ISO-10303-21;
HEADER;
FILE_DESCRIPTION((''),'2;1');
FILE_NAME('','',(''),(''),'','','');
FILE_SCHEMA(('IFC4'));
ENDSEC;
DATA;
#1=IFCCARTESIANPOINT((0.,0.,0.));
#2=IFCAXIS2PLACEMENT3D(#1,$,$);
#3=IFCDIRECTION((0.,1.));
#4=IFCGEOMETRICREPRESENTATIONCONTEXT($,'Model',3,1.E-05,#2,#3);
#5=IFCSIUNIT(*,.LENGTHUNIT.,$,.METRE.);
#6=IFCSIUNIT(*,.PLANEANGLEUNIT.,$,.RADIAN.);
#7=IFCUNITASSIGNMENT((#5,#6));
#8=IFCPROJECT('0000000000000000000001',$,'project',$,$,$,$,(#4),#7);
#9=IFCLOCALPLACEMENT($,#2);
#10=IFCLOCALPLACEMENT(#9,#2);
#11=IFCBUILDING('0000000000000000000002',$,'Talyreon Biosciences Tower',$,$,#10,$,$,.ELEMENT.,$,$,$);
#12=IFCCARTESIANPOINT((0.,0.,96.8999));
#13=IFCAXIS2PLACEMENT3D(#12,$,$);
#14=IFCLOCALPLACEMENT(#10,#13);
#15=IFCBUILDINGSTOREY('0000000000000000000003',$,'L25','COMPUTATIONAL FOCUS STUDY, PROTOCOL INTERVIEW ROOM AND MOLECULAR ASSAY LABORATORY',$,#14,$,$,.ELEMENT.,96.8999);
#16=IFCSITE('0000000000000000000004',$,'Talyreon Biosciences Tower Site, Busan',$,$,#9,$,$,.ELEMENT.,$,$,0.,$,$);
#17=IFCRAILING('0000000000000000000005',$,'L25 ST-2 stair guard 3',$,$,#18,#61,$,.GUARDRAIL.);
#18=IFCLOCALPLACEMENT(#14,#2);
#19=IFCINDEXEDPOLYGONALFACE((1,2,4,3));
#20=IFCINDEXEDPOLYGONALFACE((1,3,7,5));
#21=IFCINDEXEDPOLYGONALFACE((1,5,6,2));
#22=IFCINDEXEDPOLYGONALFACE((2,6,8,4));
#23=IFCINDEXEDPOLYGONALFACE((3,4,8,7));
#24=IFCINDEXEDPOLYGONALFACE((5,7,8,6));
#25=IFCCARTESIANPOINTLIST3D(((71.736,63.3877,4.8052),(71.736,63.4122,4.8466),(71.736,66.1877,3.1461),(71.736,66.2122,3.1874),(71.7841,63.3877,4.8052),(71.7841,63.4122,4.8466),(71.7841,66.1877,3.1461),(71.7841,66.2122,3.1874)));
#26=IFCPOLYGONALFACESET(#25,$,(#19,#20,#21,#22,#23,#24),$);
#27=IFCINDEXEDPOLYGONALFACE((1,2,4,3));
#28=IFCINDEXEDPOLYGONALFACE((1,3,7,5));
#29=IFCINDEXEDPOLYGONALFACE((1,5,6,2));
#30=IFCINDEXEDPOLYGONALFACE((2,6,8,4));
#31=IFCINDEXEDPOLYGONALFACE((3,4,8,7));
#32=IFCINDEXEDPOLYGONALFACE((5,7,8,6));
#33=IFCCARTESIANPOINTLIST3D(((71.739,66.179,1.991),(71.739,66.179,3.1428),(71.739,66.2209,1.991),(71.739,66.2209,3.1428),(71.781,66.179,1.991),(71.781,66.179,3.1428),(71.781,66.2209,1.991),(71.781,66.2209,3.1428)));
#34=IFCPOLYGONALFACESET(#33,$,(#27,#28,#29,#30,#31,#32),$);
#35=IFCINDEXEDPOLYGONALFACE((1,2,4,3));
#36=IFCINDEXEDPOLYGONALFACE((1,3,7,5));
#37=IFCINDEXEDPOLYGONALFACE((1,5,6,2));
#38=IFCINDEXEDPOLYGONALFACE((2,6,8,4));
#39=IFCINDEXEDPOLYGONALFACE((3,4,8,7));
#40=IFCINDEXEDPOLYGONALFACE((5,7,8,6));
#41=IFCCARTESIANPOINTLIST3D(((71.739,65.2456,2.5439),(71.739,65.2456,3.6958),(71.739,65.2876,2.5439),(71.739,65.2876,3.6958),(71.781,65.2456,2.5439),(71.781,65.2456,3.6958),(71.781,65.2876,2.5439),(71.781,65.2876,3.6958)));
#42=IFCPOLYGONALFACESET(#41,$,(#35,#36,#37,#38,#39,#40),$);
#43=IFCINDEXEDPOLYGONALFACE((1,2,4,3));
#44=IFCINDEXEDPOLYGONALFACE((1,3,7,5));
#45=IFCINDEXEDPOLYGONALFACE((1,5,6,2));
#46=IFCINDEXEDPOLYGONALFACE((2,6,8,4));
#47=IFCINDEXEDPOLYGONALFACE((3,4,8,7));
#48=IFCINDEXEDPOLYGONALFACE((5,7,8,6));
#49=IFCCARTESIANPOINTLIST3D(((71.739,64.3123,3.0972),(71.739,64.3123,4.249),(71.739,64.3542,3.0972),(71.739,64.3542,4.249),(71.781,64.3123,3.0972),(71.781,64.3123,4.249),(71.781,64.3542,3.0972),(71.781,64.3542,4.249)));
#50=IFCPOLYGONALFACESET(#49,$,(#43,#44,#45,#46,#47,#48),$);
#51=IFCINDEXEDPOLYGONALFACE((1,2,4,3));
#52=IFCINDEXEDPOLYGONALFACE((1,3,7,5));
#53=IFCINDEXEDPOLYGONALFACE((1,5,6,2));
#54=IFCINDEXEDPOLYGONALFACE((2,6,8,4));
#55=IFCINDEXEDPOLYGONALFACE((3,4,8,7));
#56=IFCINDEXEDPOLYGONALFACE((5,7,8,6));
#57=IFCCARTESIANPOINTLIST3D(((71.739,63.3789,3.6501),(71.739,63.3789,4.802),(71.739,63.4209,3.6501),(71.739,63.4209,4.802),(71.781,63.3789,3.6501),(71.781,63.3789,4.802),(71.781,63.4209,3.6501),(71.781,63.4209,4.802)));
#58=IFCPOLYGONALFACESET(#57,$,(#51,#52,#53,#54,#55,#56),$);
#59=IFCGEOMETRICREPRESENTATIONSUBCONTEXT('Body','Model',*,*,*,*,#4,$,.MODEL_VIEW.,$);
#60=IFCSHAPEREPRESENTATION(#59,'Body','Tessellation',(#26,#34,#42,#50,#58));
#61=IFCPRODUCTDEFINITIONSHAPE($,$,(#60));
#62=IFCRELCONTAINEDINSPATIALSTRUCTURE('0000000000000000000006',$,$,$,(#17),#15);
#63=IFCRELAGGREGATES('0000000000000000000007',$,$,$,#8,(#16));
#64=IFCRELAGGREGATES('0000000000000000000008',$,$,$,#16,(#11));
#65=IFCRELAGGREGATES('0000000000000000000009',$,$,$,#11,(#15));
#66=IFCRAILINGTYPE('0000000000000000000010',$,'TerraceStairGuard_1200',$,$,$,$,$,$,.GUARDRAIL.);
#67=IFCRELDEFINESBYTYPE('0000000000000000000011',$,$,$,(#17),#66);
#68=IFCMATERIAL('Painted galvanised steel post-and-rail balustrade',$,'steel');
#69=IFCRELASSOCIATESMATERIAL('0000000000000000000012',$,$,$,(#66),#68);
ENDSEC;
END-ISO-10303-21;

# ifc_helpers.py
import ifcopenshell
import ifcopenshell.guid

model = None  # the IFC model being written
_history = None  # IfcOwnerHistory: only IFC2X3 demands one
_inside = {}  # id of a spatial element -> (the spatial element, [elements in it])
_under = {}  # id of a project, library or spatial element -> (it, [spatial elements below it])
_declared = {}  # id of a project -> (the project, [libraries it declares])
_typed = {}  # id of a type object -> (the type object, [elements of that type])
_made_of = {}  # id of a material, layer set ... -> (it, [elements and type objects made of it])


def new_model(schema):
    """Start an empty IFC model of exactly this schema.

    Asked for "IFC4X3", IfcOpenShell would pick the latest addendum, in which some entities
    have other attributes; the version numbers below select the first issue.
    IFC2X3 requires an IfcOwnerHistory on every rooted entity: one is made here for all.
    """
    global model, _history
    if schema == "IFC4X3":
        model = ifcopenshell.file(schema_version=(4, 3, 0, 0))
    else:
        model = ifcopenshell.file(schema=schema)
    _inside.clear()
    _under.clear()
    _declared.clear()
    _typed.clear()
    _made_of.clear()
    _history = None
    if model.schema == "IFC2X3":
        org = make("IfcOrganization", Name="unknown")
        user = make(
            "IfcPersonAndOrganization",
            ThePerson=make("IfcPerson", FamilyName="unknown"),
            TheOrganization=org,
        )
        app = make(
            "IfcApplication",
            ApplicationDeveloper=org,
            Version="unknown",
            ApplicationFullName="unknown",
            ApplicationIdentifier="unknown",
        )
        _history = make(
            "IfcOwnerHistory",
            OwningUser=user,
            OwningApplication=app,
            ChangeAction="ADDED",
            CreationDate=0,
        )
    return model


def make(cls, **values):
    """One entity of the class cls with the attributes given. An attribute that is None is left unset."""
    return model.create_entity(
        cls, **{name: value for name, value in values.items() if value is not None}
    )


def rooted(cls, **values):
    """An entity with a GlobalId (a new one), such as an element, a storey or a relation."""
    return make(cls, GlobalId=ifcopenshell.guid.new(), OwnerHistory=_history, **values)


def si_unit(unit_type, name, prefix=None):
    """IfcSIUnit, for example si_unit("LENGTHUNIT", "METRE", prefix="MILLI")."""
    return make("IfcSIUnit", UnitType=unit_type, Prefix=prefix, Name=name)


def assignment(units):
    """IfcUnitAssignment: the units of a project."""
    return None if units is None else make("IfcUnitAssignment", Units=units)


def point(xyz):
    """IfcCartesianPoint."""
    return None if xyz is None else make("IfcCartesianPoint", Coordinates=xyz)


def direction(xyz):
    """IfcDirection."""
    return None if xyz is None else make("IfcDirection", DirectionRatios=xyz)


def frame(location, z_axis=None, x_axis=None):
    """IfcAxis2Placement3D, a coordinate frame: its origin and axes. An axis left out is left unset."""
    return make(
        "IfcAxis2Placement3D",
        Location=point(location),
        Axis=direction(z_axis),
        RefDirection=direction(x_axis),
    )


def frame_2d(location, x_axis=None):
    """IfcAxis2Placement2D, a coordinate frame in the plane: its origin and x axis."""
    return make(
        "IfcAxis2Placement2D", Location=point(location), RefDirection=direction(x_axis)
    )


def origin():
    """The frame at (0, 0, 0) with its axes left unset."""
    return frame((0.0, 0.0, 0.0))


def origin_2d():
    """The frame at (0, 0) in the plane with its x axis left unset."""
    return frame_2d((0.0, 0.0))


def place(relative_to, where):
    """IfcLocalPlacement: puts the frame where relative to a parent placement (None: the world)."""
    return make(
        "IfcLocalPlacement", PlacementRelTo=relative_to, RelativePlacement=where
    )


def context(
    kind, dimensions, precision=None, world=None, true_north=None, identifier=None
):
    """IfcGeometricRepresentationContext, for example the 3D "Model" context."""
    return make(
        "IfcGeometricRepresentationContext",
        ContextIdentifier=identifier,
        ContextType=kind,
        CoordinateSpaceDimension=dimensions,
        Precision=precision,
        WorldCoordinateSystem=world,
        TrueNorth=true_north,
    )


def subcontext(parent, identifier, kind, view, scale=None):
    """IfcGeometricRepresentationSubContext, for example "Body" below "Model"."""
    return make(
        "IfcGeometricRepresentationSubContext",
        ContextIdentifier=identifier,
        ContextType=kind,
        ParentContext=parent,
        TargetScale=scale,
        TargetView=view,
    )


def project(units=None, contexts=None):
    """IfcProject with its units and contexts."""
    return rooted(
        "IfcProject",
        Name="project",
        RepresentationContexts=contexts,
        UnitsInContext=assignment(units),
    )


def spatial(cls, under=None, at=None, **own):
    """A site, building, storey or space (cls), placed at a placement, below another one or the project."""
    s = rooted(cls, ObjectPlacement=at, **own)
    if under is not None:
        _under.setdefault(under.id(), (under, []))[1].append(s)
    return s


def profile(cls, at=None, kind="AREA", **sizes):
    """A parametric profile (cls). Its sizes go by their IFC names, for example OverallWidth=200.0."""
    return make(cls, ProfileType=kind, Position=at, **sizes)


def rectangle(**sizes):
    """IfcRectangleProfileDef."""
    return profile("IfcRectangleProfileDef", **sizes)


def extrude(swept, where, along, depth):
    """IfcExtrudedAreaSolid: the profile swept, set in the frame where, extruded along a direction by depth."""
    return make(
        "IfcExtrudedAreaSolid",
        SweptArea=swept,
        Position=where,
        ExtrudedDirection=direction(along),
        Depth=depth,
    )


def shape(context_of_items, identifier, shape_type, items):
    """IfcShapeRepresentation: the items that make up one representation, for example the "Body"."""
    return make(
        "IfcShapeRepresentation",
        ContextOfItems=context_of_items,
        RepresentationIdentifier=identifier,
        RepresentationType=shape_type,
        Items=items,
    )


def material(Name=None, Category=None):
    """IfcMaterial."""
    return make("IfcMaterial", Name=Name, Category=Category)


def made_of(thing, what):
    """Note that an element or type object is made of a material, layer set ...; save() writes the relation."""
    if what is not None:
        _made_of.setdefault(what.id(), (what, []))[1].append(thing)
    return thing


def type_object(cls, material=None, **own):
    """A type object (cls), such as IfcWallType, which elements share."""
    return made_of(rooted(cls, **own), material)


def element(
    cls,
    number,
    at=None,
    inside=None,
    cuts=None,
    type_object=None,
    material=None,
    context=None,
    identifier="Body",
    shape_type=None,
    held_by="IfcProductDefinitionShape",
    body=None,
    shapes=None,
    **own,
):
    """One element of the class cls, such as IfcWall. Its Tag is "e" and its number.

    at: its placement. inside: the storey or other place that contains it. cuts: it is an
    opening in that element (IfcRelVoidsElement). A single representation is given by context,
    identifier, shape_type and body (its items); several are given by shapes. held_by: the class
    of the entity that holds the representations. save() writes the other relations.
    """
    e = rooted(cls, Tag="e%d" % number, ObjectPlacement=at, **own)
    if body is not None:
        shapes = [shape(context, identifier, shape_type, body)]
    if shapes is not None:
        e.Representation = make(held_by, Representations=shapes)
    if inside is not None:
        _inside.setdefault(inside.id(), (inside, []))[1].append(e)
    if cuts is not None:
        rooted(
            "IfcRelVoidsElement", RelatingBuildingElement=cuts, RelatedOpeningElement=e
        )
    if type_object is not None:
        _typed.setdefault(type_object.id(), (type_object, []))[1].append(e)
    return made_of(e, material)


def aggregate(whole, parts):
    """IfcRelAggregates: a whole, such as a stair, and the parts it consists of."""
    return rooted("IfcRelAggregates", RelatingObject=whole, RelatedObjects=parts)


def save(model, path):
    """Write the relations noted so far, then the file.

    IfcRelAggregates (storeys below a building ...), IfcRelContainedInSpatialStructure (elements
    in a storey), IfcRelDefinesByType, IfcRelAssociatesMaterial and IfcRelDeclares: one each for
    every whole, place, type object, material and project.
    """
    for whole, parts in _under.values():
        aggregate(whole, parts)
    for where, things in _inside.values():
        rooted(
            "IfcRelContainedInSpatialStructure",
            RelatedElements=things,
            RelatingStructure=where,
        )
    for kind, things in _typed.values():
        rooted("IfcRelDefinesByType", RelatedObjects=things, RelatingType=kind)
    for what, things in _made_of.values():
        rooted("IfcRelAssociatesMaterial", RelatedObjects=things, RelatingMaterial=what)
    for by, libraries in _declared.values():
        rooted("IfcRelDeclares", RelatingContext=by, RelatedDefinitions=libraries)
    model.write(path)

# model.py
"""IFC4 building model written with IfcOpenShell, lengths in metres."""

from ifc_helpers import new_model, si_unit, direction, frame, origin, origin_2d, place, context, subcontext, project, spatial, rectangle, extrude, material, type_object, element, save


model = new_model("IFC4")

# Units and contexts
model_context = context("Model", 3, precision=1e-05, world=origin(), true_north=direction((0.0, 1.0)))
body_context = subcontext(model_context, "Body", "Model", "MODEL_VIEW")
ifc_project = project(units=[si_unit("LENGTHUNIT", "METRE"), si_unit("PLANEANGLEUNIT", "RADIAN")], contexts=[model_context])

# Site, building, storey
site_placement = place(None, origin())
site = spatial("IfcSite", under=ifc_project, at=site_placement, Name="Talyreon Biosciences Tower Site, Busan", CompositionType="ELEMENT", RefElevation=0.0)
building_placement = place(site_placement, origin())
building = spatial("IfcBuilding", under=site, at=building_placement, Name="Talyreon Biosciences Tower", CompositionType="ELEMENT")
storey_placement = place(building_placement, frame((0.0, 0.0, 96.8999)))
storey = spatial("IfcBuildingStorey", under=building, at=storey_placement, Name="L25", Description="COMPUTATIONAL FOCUS STUDY, PROTOCOL INTERVIEW ROOM AND MOLECULAR ASSAY LABORATORY", CompositionType="ELEMENT", Elevation=96.8999)

# Railing
ifc_material_1 = material(Name="Painted galvanised steel post-and-rail balustrade", Category="steel")
railing_type_1 = type_object("IfcRailingType", Name="TerraceStairGuard_1200", PredefinedType="GUARDRAIL", material=ifc_material_1)
railing_1_placement = place(storey_placement, frame((71.76, 66.2, 1.991)))
element("IfcRailing", 1, at=railing_1_placement, inside=storey, type_object=railing_type_1, Name="L25 ST-2 stair guard 3", PredefinedType="GUARDRAIL", context=body_context, shape_type="SweptSolid", body=[
    extrude(rectangle(XDim=0.0481, YDim=0.0481, at=origin_2d()), frame((0.0, 0.0, 1.1758), z_axis=(0.0, -0.860306, 0.509778), x_axis=(1.0, 0.0, 0.0)), (0.0, 0.0, 1.0), 3.2546),
    extrude(rectangle(XDim=0.042, YDim=0.042, at=origin_2d()), origin(), (0.0, 0.0, 1.0), 1.1519),
    extrude(rectangle(XDim=0.042, YDim=0.042, at=origin_2d()), frame((0.0, -0.9333, 0.553)), (0.0, 0.0, 1.0), 1.1519),
    extrude(rectangle(XDim=0.042, YDim=0.042, at=origin_2d()), frame((0.0, -1.8667, 1.1062)), (0.0, 0.0, 1.0), 1.1519),
    extrude(rectangle(XDim=0.042, YDim=0.042, at=origin_2d()), frame((0.0, -2.8, 1.6592)), (0.0, 0.0, 1.0), 1.1519),
])

save(model, "model.ifc")
